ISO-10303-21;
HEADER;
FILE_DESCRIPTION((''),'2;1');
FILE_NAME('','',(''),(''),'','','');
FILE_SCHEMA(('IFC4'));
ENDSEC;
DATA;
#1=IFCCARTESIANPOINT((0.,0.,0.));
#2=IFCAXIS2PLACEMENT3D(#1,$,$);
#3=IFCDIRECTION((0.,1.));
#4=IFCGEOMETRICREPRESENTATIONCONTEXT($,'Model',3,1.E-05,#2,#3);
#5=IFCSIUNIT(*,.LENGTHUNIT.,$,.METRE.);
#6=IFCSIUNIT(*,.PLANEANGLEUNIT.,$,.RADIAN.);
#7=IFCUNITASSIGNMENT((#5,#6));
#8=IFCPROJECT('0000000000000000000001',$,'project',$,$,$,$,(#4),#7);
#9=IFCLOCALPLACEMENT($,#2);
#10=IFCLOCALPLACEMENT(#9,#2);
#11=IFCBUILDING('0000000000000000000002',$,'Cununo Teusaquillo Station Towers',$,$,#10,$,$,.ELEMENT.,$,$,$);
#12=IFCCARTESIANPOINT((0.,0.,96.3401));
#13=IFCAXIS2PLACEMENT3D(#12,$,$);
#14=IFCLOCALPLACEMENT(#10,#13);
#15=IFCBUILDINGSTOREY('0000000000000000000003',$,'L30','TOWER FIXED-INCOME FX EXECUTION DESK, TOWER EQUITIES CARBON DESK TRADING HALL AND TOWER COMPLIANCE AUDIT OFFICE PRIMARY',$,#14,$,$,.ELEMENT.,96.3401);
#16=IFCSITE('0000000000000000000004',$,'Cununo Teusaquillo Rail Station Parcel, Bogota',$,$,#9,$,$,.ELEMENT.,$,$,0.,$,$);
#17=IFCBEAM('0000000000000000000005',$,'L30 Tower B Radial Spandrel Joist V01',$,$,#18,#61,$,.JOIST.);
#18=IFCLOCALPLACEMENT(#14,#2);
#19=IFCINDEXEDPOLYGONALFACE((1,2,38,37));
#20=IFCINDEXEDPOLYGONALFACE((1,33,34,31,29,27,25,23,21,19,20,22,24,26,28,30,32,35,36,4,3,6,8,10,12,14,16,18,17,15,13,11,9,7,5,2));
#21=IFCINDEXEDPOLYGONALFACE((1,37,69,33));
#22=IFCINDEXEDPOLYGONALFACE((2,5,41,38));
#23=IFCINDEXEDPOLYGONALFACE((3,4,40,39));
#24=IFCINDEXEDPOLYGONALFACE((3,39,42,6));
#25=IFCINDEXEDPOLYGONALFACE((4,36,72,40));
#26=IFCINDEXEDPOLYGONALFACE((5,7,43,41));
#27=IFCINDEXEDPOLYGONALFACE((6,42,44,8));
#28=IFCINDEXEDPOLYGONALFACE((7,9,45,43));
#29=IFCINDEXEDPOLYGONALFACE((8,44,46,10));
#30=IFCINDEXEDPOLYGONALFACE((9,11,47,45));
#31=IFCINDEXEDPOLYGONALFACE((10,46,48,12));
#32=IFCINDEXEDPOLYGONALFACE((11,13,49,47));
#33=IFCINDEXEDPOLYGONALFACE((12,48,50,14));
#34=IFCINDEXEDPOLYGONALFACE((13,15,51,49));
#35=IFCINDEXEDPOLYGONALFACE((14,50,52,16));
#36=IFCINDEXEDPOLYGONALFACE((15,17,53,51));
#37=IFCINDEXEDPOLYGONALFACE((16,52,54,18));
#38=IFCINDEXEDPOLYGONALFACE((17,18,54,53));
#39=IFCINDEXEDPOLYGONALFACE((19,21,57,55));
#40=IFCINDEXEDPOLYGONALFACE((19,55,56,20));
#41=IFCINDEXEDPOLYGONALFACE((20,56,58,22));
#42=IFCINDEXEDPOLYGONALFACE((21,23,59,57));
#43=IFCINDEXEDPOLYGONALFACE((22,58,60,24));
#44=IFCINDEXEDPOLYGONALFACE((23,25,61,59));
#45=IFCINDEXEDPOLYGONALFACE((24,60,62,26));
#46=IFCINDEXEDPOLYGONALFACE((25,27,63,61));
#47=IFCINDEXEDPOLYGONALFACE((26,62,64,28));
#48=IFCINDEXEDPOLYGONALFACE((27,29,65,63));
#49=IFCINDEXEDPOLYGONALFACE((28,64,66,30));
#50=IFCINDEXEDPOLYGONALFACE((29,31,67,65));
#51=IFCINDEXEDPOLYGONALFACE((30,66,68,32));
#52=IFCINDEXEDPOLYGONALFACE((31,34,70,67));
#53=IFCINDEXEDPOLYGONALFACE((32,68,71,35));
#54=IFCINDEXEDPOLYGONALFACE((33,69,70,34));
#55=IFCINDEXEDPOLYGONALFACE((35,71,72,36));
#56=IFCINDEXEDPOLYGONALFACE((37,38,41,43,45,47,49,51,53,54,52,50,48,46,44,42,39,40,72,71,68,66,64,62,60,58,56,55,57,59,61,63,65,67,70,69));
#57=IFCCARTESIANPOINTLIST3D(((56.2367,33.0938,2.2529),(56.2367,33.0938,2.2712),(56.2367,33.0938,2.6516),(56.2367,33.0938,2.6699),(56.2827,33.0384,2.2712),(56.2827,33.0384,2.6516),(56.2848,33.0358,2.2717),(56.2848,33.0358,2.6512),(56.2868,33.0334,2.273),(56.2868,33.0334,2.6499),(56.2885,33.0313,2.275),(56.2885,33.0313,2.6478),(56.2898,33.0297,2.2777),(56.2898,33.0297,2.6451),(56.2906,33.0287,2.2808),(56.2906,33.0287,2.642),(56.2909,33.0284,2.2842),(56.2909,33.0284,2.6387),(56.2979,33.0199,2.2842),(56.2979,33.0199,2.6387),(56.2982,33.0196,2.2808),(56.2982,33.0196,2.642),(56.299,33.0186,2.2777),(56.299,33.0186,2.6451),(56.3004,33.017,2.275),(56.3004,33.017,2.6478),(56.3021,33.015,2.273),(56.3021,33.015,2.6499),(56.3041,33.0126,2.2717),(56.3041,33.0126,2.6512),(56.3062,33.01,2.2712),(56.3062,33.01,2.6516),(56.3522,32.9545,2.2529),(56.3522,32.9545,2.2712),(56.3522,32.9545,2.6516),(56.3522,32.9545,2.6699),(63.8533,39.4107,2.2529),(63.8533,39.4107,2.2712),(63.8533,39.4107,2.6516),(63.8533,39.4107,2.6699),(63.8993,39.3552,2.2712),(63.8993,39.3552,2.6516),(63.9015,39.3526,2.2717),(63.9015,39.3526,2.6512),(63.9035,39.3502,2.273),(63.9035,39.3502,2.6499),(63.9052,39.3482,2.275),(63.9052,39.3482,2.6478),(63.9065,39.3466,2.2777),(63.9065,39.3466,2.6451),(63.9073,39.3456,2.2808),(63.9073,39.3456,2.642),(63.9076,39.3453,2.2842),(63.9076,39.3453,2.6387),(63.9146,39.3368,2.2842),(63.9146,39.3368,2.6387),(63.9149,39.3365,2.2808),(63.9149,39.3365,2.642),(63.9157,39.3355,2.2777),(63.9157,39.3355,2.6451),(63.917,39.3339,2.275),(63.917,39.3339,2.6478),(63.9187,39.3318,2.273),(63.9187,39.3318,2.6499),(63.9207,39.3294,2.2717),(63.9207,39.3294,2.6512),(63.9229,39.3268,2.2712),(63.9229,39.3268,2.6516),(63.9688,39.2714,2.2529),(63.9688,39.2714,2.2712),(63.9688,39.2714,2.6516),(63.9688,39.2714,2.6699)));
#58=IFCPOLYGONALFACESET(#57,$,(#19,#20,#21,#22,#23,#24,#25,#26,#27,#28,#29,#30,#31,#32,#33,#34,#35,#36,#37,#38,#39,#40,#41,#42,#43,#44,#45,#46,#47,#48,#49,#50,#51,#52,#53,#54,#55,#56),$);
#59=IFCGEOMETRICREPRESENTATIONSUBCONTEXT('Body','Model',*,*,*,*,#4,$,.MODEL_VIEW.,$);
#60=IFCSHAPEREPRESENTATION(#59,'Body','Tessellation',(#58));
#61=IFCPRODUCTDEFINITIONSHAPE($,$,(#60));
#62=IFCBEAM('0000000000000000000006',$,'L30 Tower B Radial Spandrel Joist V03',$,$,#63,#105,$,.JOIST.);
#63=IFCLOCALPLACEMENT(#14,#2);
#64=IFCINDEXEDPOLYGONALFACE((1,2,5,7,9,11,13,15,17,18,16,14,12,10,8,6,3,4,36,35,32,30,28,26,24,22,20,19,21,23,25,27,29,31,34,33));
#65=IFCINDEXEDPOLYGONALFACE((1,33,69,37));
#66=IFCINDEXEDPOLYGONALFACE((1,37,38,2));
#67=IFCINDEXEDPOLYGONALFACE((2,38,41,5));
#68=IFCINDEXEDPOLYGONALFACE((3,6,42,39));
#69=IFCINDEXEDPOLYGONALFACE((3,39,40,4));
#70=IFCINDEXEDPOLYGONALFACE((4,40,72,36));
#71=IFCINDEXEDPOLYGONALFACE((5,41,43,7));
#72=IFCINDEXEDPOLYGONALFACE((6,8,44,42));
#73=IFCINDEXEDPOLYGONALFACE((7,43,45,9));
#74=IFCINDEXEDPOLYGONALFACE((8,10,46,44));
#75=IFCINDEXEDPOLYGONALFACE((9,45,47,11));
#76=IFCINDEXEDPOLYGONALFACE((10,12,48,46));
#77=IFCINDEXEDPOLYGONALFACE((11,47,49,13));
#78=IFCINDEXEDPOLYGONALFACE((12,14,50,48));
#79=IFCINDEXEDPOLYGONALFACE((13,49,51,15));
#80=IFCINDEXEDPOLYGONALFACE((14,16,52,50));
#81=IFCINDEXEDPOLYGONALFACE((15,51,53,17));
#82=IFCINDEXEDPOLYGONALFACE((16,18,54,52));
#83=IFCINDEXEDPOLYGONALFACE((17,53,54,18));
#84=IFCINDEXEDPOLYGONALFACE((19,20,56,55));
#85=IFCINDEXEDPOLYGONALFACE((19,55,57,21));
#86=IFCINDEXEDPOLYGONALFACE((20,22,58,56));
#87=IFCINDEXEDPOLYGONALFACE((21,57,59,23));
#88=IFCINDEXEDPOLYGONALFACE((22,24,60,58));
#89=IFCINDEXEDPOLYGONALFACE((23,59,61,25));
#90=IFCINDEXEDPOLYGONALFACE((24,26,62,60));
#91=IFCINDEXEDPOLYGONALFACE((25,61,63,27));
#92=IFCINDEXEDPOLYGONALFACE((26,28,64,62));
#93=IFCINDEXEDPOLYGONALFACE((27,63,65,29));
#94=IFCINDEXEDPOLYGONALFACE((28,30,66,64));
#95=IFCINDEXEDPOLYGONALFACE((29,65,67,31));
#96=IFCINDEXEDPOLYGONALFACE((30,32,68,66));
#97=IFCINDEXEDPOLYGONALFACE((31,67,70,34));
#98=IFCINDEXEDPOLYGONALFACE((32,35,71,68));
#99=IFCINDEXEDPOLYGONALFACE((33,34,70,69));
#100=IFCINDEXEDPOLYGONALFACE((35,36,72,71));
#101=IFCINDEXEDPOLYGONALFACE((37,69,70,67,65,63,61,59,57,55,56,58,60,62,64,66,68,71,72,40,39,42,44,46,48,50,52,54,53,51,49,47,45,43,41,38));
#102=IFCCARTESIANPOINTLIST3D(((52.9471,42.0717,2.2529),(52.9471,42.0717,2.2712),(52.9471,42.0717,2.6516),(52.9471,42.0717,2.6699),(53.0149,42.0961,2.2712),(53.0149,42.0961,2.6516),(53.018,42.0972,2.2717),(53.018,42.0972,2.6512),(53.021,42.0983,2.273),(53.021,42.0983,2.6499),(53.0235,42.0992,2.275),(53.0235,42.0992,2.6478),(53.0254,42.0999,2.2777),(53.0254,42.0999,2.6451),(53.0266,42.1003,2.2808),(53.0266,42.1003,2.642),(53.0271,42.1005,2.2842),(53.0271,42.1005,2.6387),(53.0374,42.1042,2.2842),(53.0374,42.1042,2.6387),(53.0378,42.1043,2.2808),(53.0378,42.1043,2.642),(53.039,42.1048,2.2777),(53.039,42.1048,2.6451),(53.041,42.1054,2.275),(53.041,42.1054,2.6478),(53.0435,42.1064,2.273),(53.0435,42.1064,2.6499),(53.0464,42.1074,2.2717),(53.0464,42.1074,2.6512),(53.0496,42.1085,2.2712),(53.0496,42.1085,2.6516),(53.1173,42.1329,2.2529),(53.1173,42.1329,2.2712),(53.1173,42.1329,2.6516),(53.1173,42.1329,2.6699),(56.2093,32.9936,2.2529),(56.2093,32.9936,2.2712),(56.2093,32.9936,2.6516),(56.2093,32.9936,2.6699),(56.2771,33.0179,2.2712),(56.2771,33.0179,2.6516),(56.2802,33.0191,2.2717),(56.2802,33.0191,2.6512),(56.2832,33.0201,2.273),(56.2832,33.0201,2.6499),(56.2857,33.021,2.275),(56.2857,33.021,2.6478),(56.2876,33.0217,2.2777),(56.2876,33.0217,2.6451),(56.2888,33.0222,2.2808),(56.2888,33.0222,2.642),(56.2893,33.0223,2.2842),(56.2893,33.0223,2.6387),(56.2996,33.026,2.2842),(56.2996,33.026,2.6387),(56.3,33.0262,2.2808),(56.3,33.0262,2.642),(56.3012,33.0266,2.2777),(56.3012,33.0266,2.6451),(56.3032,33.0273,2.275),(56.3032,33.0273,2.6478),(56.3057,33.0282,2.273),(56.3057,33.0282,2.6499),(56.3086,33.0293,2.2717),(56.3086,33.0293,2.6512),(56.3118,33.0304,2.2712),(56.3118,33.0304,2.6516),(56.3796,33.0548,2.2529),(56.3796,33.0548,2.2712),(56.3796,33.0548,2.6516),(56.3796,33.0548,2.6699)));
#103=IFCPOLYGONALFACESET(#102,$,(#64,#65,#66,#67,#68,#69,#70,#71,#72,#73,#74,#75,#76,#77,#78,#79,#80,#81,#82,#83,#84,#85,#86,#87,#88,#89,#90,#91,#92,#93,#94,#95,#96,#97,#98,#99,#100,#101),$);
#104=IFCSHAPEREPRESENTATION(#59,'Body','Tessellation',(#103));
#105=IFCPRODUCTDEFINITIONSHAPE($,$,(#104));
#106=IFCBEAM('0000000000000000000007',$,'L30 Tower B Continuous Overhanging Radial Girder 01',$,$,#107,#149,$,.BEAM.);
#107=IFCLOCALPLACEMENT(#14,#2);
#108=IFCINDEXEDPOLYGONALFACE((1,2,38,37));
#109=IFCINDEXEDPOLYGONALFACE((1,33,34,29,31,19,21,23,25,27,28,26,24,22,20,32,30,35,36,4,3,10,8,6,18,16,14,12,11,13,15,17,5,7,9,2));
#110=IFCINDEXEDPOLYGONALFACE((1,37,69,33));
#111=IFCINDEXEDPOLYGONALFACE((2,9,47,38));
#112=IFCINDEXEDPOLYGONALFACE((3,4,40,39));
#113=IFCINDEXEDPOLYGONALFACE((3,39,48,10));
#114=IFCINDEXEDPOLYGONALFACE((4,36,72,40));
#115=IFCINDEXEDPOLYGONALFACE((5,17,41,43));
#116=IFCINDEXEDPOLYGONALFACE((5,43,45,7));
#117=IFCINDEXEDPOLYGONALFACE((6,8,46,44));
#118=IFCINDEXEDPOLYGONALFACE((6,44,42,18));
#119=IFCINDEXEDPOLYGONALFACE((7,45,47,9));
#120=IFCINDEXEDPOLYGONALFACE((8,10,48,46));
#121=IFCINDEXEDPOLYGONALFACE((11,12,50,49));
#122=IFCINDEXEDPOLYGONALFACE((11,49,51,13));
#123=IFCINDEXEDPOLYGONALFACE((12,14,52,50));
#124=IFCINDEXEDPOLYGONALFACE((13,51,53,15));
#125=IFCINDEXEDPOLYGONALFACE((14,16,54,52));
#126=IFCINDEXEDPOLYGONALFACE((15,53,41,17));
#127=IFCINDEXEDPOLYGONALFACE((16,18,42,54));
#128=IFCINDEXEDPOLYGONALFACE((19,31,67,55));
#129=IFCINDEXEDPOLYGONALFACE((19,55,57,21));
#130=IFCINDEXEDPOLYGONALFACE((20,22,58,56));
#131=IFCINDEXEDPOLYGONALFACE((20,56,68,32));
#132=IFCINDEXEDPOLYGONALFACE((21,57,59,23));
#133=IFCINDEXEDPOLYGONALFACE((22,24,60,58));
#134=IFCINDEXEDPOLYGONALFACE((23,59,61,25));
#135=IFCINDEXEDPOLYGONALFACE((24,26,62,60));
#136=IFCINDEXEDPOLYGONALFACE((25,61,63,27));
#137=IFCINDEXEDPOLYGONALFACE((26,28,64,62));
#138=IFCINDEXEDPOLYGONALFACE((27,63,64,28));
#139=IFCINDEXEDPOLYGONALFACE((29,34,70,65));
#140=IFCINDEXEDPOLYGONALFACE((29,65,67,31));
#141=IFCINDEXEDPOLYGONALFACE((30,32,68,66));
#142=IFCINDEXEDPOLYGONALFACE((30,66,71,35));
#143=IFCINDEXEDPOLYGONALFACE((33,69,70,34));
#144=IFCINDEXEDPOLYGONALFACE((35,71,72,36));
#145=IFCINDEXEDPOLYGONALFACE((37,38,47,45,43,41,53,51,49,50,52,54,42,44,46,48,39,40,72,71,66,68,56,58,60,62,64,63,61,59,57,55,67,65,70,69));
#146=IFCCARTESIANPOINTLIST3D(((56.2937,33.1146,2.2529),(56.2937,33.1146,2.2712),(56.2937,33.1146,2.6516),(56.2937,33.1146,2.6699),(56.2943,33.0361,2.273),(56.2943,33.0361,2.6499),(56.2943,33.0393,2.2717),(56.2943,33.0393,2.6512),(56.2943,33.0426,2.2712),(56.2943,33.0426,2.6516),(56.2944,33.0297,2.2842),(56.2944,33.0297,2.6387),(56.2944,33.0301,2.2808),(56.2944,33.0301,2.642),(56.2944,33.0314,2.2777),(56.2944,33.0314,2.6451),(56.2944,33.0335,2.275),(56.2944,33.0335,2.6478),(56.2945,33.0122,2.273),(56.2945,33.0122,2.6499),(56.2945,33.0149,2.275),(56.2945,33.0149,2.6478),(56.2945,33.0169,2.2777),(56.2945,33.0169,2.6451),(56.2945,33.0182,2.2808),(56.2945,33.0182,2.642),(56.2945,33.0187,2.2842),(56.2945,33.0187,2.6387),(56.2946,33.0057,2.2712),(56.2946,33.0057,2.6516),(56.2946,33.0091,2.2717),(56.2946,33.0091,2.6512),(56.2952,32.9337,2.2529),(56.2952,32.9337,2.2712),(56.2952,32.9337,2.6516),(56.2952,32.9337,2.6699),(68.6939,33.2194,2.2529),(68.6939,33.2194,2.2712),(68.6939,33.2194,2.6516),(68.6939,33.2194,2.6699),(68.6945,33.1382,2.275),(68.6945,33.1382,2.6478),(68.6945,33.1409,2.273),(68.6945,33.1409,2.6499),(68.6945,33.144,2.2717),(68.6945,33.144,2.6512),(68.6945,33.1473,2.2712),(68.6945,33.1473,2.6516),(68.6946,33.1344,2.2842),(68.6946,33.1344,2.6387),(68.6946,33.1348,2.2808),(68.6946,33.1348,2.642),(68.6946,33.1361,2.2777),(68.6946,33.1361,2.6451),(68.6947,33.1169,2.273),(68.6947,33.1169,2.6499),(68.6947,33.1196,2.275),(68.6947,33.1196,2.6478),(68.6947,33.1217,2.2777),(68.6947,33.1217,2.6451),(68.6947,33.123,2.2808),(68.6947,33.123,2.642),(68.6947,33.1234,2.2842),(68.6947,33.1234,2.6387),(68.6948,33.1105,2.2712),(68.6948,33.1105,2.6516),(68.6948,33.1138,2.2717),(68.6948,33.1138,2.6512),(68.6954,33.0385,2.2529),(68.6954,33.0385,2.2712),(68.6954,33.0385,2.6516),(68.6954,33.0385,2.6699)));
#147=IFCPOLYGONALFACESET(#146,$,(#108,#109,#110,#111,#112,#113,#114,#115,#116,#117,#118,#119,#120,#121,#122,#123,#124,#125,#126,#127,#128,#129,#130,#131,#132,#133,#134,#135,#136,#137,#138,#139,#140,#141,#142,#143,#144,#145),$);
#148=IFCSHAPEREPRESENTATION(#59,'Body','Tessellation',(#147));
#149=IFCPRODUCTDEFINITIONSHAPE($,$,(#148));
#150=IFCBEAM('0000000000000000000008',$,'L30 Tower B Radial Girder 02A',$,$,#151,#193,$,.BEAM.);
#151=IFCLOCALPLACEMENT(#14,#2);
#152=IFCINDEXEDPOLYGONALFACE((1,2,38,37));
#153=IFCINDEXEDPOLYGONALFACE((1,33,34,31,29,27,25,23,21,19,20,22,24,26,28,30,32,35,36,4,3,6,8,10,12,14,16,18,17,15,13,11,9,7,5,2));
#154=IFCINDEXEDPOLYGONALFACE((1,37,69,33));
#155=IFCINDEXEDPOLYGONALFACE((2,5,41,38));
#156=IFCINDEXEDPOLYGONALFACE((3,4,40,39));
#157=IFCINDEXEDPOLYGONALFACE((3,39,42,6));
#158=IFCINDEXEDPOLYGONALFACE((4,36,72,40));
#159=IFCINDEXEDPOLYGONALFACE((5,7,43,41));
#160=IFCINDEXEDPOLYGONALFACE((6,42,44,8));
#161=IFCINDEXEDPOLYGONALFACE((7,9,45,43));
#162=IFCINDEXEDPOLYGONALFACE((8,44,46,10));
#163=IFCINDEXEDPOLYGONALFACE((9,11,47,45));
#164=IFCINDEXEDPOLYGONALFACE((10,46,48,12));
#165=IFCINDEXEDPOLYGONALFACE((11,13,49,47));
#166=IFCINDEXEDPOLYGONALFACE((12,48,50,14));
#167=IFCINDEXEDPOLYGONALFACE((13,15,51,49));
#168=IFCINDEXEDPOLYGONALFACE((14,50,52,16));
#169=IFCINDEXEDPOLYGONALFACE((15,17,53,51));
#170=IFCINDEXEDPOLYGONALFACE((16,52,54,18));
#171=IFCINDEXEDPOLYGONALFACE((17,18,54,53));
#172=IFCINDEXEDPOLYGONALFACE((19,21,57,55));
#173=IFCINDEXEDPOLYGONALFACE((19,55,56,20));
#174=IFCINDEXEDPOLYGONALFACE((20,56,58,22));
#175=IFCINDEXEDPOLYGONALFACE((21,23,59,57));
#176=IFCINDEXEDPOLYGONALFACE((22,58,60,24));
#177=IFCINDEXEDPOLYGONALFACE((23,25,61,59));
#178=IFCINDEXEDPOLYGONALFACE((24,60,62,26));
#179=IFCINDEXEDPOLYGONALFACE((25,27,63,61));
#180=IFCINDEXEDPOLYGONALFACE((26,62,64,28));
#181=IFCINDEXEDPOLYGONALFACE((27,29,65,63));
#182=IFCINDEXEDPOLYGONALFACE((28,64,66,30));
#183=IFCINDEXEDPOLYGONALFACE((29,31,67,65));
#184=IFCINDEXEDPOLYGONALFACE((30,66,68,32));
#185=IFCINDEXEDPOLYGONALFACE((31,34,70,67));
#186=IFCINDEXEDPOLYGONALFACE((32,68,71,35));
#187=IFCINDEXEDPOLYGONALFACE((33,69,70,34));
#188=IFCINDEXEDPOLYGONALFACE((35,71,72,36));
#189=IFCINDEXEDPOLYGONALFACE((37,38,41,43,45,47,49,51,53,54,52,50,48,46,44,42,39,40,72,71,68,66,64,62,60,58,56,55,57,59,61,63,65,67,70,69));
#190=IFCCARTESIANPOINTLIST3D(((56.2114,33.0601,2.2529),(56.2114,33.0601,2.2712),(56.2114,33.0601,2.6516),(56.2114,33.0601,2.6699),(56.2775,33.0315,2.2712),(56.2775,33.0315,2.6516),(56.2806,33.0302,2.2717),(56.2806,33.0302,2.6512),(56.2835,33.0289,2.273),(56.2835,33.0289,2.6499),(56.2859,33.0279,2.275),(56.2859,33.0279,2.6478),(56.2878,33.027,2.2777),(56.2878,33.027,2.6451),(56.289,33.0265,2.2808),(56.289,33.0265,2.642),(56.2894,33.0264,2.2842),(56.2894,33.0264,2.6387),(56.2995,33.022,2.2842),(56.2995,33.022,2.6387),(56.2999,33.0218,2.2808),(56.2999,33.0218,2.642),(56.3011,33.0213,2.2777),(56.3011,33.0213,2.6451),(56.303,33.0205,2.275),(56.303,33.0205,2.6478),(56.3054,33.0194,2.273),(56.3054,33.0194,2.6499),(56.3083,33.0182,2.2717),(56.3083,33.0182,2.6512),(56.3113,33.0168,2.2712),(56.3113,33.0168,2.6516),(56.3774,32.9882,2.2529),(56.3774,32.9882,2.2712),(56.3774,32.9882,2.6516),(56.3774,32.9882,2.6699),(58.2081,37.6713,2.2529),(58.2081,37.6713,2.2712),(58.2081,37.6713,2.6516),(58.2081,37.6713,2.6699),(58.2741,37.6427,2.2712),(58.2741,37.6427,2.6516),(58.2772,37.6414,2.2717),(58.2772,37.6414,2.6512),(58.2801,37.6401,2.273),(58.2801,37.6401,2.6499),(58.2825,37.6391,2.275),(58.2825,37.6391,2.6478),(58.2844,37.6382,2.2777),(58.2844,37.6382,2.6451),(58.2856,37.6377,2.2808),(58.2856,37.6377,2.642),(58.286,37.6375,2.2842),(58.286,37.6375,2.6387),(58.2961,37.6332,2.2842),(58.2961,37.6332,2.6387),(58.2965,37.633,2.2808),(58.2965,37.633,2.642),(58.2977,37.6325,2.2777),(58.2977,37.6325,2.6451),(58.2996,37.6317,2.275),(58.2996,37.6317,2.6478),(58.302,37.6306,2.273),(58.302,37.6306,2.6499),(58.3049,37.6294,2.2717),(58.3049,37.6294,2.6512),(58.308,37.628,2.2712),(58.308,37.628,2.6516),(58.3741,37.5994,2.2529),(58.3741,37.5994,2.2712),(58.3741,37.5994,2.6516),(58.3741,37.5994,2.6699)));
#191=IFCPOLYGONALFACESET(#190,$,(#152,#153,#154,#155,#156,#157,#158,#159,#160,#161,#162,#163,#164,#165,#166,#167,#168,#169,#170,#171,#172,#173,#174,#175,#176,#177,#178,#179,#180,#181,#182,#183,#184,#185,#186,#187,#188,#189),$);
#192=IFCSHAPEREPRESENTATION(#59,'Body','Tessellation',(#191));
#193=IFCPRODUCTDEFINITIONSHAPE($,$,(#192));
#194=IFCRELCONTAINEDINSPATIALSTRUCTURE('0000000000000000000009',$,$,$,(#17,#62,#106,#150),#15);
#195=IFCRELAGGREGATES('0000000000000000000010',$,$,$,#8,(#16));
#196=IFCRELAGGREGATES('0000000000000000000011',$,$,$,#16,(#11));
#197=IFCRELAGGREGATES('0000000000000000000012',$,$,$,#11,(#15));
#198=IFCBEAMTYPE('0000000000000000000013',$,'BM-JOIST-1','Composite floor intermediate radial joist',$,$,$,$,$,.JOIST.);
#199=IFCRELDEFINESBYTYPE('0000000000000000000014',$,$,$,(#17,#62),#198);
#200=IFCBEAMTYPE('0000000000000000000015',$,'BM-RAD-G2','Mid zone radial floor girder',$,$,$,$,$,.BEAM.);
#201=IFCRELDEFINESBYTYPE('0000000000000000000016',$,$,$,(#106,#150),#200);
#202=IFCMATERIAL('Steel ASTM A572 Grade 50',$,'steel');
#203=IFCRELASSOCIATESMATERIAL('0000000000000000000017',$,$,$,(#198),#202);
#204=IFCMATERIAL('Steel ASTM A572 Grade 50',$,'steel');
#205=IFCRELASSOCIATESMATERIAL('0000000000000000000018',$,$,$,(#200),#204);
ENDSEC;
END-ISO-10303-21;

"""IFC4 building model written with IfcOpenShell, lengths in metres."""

from ifc_helpers import new_model, si_unit, direction, frame, origin, origin_2d, place, context, subcontext, project, spatial, i_section, extrude, material, material_profile, profile_set, type_object, element, save


model = new_model("IFC4")

# Units and contexts
model_context = context("Model", 3, precision=1e-05, world=origin(), true_north=direction((0.0, 1.0)))
body_context = subcontext(model_context, "Body", "Model", "MODEL_VIEW")
ifc_project = project(units=[si_unit("LENGTHUNIT", "METRE"), si_unit("PLANEANGLEUNIT", "RADIAN")], contexts=[model_context])

# Site, building, storey
site_placement = place(None, origin())
site = spatial("IfcSite", under=ifc_project, at=site_placement, Name="Cununo Teusaquillo Rail Station Parcel, Bogota", CompositionType="ELEMENT", RefElevation=0.0)
building_placement = place(site_placement, origin())
building = spatial("IfcBuilding", under=site, at=building_placement, Name="Cununo Teusaquillo Station Towers", CompositionType="ELEMENT")
storey_placement = place(building_placement, frame((0.0, 0.0, 96.3401)))
storey = spatial("IfcBuildingStorey", under=building, at=storey_placement, Name="L30", Description="TOWER FIXED-INCOME FX EXECUTION DESK, TOWER EQUITIES CARBON DESK TRADING HALL AND TOWER COMPLIANCE AUDIT OFFICE PRIMARY", CompositionType="ELEMENT", Elevation=96.3401)

# Beams
ifc_material_1 = material(Name="Steel ASTM A572 Grade 50", Category="steel")
ifc_material_profile_1 = material_profile(ifc_material_1, i_section(OverallWidth=0.1809, OverallDepth=0.417, WebThickness=0.011, FlangeThickness=0.0183, FilletRadius=0.0129, at=origin_2d()), Name="W16X57")
ifc_profile_set_1 = profile_set([ifc_material_profile_1], Name="Steel ASTM A572 Grade 50")
beam_type_1 = type_object("IfcBeamType", Name="BM-JOIST-1", Description="Composite floor intermediate radial joist", PredefinedType="JOIST", material=ifc_profile_set_1)
beam_1_placement = place(storey_placement, frame((56.2944, 33.0242, 2.4614), z_axis=(0.769728, 0.638372, 0.0), x_axis=(-0.638372, 0.769728, 0.0)))
element("IfcBeam", 1, at=beam_1_placement, inside=storey, type_object=beam_type_1, Name="L30 Tower B Radial Spandrel Joist V01", PredefinedType="JOIST", context=body_context, shape_type="SweptSolid", body=[
    extrude(i_section(OverallWidth=0.1809, OverallDepth=0.417, WebThickness=0.011, FlangeThickness=0.0183, FilletRadius=0.0129, at=origin_2d()), origin(), (0.0, 0.0, 1.0), 9.8953),
])
beam_2_placement = place(storey_placement, frame((56.2944, 33.0242, 2.4614), z_axis=(-0.338176, 0.941083, 0.0), x_axis=(-0.941083, -0.338176, 0.0)))
element("IfcBeam", 2, at=beam_2_placement, inside=storey, type_object=beam_type_1, Name="L30 Tower B Radial Spandrel Joist V03", PredefinedType="JOIST", context=body_context, shape_type="SweptSolid", body=[
    extrude(i_section(OverallWidth=0.1809, OverallDepth=0.417, WebThickness=0.011, FlangeThickness=0.0183, FilletRadius=0.0129, at=origin_2d()), origin(), (0.0, 0.0, 1.0), 9.6465),
])
ifc_material_2 = material(Name="Steel ASTM A572 Grade 50", Category="steel")
ifc_material_profile_2 = material_profile(ifc_material_2, i_section(OverallWidth=0.1809, OverallDepth=0.417, WebThickness=0.011, FlangeThickness=0.0183, FilletRadius=0.0129, at=origin_2d()), Name="W16X57")
ifc_profile_set_2 = profile_set([ifc_material_profile_2], Name="Steel ASTM A572 Grade 50")
beam_type_2 = type_object("IfcBeamType", Name="BM-RAD-G2", Description="Mid zone radial floor girder", PredefinedType="BEAM", material=ifc_profile_set_2)
beam_3_placement = place(storey_placement, frame((56.2944, 33.0242, 2.4614), z_axis=(0.999964, 0.008446, 0.0), x_axis=(-0.008446, 0.999964, 0.0)))
element("IfcBeam", 3, at=beam_3_placement, inside=storey, type_object=beam_type_2, Name="L30 Tower B Continuous Overhanging Radial Girder 01", PredefinedType="BEAM", context=body_context, shape_type="SweptSolid", body=[
    extrude(i_section(OverallWidth=0.1809, OverallDepth=0.417, WebThickness=0.011, FlangeThickness=0.0183, FilletRadius=0.0129, at=origin_2d()), origin(), (0.0, 0.0, 1.0), 12.4006),
])
beam_4_placement = place(storey_placement, frame((56.2944, 33.0242, 2.4614), z_axis=(0.397347, 0.917668, 0.0), x_axis=(-0.917668, 0.397347, 0.0)))
element("IfcBeam", 4, at=beam_4_placement, inside=storey, type_object=beam_type_2, Name="L30 Tower B Radial Girder 02A", PredefinedType="BEAM", context=body_context, shape_type="SweptSolid", body=[
    extrude(i_section(OverallWidth=0.1809, OverallDepth=0.417, WebThickness=0.011, FlangeThickness=0.0183, FilletRadius=0.0129, at=origin_2d()), origin(), (0.0, 0.0, 1.0), 5.0249),
])

save(model, "model.ifc")
